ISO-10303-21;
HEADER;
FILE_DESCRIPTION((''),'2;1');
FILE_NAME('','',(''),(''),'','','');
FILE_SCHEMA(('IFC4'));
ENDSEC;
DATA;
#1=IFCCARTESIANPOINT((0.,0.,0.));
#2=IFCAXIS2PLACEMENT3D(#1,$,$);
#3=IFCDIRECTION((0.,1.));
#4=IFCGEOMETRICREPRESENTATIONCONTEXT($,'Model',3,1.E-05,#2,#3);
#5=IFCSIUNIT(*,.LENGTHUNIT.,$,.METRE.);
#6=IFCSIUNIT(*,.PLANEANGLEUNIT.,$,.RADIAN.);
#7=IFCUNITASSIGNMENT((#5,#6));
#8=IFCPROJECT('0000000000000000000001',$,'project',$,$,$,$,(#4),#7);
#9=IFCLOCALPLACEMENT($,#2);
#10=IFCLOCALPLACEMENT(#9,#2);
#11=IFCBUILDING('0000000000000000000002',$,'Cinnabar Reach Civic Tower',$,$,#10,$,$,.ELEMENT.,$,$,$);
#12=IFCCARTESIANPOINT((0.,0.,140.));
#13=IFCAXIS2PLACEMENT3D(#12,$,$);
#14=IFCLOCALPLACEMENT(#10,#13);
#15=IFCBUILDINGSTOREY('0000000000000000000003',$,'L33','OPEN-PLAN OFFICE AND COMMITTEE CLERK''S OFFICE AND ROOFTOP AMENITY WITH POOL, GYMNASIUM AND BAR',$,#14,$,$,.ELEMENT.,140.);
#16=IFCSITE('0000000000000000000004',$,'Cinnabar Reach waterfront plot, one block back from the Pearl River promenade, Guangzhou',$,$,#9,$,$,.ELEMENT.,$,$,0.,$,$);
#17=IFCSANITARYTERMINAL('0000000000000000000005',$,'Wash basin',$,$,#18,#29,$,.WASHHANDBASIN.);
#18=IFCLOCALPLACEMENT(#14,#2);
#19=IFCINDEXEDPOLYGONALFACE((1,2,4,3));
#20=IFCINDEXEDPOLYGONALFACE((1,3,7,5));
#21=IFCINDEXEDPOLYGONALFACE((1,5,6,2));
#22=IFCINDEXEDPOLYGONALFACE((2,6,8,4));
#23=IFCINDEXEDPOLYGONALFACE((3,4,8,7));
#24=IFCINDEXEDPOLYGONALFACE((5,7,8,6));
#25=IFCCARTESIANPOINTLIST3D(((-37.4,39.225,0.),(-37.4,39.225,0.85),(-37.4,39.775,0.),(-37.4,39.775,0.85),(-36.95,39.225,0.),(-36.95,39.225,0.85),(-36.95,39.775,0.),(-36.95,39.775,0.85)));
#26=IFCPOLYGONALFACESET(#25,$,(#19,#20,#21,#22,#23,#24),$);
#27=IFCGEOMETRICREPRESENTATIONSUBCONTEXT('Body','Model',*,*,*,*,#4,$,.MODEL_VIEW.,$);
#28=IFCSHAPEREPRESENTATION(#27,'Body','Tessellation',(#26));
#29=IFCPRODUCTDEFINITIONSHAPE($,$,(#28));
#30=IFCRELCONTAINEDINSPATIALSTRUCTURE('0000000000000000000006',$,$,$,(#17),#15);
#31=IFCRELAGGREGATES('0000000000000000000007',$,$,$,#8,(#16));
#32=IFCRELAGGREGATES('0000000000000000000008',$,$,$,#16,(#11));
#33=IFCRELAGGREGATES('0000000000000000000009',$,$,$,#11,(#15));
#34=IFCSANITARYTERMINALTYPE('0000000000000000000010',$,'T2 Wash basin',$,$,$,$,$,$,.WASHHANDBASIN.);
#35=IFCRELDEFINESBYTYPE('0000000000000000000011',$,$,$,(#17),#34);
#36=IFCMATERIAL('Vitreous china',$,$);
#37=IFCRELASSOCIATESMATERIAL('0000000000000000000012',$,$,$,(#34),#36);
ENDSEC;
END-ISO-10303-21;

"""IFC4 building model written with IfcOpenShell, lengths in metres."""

from ifc_helpers import new_model, si_unit, direction, frame, origin, origin_2d, place, context, subcontext, project, spatial, rectangle, extrude, material, type_object, element, save


model = new_model("IFC4")

# Units and contexts
model_context = context("Model", 3, precision=1e-05, world=origin(), true_north=direction((0.0, 1.0)))
body_context = subcontext(model_context, "Body", "Model", "MODEL_VIEW")
ifc_project = project(units=[si_unit("LENGTHUNIT", "METRE"), si_unit("PLANEANGLEUNIT", "RADIAN")], contexts=[model_context])

# Site, building, storey
site_placement = place(None, origin())
site = spatial("IfcSite", under=ifc_project, at=site_placement, Name="Cinnabar Reach waterfront plot, one block back from the Pearl River promenade, Guangzhou", CompositionType="ELEMENT", RefElevation=0.0)
building_placement = place(site_placement, origin())
building = spatial("IfcBuilding", under=site, at=building_placement, Name="Cinnabar Reach Civic Tower", CompositionType="ELEMENT")
storey_placement = place(building_placement, frame((0.0, 0.0, 140.0)))
storey = spatial("IfcBuildingStorey", under=building, at=storey_placement, Name="L33", Description="OPEN-PLAN OFFICE AND COMMITTEE CLERK'S OFFICE AND ROOFTOP AMENITY WITH POOL, GYMNASIUM AND BAR", CompositionType="ELEMENT", Elevation=140.0)

# Sanitary terminal
ifc_material_1 = material(Name="Vitreous china")
sanitary_terminal_type_1 = type_object("IfcSanitaryTerminalType", Name="T2 Wash basin", PredefinedType="WASHHANDBASIN", material=ifc_material_1)
for number, where, z_axis, x_axis, name in (
    (1, (-37.175, 39.5, 0.0), (0.0, 0.0, 1.0), (1.0, 0.0, 0.0), "Wash basin"),
):
    element("IfcSanitaryTerminal", number, at=place(storey_placement, frame(where, z_axis=z_axis, x_axis=x_axis)), inside=storey, type_object=sanitary_terminal_type_1, Name=name, PredefinedType="WASHHANDBASIN", context=body_context, shape_type="SweptSolid", body=[
        extrude(rectangle(XDim=0.45, YDim=0.55, at=origin_2d()), origin(), (0.0, 0.0, 1.0), 0.85),
    ])

save(model, "model.ifc")
